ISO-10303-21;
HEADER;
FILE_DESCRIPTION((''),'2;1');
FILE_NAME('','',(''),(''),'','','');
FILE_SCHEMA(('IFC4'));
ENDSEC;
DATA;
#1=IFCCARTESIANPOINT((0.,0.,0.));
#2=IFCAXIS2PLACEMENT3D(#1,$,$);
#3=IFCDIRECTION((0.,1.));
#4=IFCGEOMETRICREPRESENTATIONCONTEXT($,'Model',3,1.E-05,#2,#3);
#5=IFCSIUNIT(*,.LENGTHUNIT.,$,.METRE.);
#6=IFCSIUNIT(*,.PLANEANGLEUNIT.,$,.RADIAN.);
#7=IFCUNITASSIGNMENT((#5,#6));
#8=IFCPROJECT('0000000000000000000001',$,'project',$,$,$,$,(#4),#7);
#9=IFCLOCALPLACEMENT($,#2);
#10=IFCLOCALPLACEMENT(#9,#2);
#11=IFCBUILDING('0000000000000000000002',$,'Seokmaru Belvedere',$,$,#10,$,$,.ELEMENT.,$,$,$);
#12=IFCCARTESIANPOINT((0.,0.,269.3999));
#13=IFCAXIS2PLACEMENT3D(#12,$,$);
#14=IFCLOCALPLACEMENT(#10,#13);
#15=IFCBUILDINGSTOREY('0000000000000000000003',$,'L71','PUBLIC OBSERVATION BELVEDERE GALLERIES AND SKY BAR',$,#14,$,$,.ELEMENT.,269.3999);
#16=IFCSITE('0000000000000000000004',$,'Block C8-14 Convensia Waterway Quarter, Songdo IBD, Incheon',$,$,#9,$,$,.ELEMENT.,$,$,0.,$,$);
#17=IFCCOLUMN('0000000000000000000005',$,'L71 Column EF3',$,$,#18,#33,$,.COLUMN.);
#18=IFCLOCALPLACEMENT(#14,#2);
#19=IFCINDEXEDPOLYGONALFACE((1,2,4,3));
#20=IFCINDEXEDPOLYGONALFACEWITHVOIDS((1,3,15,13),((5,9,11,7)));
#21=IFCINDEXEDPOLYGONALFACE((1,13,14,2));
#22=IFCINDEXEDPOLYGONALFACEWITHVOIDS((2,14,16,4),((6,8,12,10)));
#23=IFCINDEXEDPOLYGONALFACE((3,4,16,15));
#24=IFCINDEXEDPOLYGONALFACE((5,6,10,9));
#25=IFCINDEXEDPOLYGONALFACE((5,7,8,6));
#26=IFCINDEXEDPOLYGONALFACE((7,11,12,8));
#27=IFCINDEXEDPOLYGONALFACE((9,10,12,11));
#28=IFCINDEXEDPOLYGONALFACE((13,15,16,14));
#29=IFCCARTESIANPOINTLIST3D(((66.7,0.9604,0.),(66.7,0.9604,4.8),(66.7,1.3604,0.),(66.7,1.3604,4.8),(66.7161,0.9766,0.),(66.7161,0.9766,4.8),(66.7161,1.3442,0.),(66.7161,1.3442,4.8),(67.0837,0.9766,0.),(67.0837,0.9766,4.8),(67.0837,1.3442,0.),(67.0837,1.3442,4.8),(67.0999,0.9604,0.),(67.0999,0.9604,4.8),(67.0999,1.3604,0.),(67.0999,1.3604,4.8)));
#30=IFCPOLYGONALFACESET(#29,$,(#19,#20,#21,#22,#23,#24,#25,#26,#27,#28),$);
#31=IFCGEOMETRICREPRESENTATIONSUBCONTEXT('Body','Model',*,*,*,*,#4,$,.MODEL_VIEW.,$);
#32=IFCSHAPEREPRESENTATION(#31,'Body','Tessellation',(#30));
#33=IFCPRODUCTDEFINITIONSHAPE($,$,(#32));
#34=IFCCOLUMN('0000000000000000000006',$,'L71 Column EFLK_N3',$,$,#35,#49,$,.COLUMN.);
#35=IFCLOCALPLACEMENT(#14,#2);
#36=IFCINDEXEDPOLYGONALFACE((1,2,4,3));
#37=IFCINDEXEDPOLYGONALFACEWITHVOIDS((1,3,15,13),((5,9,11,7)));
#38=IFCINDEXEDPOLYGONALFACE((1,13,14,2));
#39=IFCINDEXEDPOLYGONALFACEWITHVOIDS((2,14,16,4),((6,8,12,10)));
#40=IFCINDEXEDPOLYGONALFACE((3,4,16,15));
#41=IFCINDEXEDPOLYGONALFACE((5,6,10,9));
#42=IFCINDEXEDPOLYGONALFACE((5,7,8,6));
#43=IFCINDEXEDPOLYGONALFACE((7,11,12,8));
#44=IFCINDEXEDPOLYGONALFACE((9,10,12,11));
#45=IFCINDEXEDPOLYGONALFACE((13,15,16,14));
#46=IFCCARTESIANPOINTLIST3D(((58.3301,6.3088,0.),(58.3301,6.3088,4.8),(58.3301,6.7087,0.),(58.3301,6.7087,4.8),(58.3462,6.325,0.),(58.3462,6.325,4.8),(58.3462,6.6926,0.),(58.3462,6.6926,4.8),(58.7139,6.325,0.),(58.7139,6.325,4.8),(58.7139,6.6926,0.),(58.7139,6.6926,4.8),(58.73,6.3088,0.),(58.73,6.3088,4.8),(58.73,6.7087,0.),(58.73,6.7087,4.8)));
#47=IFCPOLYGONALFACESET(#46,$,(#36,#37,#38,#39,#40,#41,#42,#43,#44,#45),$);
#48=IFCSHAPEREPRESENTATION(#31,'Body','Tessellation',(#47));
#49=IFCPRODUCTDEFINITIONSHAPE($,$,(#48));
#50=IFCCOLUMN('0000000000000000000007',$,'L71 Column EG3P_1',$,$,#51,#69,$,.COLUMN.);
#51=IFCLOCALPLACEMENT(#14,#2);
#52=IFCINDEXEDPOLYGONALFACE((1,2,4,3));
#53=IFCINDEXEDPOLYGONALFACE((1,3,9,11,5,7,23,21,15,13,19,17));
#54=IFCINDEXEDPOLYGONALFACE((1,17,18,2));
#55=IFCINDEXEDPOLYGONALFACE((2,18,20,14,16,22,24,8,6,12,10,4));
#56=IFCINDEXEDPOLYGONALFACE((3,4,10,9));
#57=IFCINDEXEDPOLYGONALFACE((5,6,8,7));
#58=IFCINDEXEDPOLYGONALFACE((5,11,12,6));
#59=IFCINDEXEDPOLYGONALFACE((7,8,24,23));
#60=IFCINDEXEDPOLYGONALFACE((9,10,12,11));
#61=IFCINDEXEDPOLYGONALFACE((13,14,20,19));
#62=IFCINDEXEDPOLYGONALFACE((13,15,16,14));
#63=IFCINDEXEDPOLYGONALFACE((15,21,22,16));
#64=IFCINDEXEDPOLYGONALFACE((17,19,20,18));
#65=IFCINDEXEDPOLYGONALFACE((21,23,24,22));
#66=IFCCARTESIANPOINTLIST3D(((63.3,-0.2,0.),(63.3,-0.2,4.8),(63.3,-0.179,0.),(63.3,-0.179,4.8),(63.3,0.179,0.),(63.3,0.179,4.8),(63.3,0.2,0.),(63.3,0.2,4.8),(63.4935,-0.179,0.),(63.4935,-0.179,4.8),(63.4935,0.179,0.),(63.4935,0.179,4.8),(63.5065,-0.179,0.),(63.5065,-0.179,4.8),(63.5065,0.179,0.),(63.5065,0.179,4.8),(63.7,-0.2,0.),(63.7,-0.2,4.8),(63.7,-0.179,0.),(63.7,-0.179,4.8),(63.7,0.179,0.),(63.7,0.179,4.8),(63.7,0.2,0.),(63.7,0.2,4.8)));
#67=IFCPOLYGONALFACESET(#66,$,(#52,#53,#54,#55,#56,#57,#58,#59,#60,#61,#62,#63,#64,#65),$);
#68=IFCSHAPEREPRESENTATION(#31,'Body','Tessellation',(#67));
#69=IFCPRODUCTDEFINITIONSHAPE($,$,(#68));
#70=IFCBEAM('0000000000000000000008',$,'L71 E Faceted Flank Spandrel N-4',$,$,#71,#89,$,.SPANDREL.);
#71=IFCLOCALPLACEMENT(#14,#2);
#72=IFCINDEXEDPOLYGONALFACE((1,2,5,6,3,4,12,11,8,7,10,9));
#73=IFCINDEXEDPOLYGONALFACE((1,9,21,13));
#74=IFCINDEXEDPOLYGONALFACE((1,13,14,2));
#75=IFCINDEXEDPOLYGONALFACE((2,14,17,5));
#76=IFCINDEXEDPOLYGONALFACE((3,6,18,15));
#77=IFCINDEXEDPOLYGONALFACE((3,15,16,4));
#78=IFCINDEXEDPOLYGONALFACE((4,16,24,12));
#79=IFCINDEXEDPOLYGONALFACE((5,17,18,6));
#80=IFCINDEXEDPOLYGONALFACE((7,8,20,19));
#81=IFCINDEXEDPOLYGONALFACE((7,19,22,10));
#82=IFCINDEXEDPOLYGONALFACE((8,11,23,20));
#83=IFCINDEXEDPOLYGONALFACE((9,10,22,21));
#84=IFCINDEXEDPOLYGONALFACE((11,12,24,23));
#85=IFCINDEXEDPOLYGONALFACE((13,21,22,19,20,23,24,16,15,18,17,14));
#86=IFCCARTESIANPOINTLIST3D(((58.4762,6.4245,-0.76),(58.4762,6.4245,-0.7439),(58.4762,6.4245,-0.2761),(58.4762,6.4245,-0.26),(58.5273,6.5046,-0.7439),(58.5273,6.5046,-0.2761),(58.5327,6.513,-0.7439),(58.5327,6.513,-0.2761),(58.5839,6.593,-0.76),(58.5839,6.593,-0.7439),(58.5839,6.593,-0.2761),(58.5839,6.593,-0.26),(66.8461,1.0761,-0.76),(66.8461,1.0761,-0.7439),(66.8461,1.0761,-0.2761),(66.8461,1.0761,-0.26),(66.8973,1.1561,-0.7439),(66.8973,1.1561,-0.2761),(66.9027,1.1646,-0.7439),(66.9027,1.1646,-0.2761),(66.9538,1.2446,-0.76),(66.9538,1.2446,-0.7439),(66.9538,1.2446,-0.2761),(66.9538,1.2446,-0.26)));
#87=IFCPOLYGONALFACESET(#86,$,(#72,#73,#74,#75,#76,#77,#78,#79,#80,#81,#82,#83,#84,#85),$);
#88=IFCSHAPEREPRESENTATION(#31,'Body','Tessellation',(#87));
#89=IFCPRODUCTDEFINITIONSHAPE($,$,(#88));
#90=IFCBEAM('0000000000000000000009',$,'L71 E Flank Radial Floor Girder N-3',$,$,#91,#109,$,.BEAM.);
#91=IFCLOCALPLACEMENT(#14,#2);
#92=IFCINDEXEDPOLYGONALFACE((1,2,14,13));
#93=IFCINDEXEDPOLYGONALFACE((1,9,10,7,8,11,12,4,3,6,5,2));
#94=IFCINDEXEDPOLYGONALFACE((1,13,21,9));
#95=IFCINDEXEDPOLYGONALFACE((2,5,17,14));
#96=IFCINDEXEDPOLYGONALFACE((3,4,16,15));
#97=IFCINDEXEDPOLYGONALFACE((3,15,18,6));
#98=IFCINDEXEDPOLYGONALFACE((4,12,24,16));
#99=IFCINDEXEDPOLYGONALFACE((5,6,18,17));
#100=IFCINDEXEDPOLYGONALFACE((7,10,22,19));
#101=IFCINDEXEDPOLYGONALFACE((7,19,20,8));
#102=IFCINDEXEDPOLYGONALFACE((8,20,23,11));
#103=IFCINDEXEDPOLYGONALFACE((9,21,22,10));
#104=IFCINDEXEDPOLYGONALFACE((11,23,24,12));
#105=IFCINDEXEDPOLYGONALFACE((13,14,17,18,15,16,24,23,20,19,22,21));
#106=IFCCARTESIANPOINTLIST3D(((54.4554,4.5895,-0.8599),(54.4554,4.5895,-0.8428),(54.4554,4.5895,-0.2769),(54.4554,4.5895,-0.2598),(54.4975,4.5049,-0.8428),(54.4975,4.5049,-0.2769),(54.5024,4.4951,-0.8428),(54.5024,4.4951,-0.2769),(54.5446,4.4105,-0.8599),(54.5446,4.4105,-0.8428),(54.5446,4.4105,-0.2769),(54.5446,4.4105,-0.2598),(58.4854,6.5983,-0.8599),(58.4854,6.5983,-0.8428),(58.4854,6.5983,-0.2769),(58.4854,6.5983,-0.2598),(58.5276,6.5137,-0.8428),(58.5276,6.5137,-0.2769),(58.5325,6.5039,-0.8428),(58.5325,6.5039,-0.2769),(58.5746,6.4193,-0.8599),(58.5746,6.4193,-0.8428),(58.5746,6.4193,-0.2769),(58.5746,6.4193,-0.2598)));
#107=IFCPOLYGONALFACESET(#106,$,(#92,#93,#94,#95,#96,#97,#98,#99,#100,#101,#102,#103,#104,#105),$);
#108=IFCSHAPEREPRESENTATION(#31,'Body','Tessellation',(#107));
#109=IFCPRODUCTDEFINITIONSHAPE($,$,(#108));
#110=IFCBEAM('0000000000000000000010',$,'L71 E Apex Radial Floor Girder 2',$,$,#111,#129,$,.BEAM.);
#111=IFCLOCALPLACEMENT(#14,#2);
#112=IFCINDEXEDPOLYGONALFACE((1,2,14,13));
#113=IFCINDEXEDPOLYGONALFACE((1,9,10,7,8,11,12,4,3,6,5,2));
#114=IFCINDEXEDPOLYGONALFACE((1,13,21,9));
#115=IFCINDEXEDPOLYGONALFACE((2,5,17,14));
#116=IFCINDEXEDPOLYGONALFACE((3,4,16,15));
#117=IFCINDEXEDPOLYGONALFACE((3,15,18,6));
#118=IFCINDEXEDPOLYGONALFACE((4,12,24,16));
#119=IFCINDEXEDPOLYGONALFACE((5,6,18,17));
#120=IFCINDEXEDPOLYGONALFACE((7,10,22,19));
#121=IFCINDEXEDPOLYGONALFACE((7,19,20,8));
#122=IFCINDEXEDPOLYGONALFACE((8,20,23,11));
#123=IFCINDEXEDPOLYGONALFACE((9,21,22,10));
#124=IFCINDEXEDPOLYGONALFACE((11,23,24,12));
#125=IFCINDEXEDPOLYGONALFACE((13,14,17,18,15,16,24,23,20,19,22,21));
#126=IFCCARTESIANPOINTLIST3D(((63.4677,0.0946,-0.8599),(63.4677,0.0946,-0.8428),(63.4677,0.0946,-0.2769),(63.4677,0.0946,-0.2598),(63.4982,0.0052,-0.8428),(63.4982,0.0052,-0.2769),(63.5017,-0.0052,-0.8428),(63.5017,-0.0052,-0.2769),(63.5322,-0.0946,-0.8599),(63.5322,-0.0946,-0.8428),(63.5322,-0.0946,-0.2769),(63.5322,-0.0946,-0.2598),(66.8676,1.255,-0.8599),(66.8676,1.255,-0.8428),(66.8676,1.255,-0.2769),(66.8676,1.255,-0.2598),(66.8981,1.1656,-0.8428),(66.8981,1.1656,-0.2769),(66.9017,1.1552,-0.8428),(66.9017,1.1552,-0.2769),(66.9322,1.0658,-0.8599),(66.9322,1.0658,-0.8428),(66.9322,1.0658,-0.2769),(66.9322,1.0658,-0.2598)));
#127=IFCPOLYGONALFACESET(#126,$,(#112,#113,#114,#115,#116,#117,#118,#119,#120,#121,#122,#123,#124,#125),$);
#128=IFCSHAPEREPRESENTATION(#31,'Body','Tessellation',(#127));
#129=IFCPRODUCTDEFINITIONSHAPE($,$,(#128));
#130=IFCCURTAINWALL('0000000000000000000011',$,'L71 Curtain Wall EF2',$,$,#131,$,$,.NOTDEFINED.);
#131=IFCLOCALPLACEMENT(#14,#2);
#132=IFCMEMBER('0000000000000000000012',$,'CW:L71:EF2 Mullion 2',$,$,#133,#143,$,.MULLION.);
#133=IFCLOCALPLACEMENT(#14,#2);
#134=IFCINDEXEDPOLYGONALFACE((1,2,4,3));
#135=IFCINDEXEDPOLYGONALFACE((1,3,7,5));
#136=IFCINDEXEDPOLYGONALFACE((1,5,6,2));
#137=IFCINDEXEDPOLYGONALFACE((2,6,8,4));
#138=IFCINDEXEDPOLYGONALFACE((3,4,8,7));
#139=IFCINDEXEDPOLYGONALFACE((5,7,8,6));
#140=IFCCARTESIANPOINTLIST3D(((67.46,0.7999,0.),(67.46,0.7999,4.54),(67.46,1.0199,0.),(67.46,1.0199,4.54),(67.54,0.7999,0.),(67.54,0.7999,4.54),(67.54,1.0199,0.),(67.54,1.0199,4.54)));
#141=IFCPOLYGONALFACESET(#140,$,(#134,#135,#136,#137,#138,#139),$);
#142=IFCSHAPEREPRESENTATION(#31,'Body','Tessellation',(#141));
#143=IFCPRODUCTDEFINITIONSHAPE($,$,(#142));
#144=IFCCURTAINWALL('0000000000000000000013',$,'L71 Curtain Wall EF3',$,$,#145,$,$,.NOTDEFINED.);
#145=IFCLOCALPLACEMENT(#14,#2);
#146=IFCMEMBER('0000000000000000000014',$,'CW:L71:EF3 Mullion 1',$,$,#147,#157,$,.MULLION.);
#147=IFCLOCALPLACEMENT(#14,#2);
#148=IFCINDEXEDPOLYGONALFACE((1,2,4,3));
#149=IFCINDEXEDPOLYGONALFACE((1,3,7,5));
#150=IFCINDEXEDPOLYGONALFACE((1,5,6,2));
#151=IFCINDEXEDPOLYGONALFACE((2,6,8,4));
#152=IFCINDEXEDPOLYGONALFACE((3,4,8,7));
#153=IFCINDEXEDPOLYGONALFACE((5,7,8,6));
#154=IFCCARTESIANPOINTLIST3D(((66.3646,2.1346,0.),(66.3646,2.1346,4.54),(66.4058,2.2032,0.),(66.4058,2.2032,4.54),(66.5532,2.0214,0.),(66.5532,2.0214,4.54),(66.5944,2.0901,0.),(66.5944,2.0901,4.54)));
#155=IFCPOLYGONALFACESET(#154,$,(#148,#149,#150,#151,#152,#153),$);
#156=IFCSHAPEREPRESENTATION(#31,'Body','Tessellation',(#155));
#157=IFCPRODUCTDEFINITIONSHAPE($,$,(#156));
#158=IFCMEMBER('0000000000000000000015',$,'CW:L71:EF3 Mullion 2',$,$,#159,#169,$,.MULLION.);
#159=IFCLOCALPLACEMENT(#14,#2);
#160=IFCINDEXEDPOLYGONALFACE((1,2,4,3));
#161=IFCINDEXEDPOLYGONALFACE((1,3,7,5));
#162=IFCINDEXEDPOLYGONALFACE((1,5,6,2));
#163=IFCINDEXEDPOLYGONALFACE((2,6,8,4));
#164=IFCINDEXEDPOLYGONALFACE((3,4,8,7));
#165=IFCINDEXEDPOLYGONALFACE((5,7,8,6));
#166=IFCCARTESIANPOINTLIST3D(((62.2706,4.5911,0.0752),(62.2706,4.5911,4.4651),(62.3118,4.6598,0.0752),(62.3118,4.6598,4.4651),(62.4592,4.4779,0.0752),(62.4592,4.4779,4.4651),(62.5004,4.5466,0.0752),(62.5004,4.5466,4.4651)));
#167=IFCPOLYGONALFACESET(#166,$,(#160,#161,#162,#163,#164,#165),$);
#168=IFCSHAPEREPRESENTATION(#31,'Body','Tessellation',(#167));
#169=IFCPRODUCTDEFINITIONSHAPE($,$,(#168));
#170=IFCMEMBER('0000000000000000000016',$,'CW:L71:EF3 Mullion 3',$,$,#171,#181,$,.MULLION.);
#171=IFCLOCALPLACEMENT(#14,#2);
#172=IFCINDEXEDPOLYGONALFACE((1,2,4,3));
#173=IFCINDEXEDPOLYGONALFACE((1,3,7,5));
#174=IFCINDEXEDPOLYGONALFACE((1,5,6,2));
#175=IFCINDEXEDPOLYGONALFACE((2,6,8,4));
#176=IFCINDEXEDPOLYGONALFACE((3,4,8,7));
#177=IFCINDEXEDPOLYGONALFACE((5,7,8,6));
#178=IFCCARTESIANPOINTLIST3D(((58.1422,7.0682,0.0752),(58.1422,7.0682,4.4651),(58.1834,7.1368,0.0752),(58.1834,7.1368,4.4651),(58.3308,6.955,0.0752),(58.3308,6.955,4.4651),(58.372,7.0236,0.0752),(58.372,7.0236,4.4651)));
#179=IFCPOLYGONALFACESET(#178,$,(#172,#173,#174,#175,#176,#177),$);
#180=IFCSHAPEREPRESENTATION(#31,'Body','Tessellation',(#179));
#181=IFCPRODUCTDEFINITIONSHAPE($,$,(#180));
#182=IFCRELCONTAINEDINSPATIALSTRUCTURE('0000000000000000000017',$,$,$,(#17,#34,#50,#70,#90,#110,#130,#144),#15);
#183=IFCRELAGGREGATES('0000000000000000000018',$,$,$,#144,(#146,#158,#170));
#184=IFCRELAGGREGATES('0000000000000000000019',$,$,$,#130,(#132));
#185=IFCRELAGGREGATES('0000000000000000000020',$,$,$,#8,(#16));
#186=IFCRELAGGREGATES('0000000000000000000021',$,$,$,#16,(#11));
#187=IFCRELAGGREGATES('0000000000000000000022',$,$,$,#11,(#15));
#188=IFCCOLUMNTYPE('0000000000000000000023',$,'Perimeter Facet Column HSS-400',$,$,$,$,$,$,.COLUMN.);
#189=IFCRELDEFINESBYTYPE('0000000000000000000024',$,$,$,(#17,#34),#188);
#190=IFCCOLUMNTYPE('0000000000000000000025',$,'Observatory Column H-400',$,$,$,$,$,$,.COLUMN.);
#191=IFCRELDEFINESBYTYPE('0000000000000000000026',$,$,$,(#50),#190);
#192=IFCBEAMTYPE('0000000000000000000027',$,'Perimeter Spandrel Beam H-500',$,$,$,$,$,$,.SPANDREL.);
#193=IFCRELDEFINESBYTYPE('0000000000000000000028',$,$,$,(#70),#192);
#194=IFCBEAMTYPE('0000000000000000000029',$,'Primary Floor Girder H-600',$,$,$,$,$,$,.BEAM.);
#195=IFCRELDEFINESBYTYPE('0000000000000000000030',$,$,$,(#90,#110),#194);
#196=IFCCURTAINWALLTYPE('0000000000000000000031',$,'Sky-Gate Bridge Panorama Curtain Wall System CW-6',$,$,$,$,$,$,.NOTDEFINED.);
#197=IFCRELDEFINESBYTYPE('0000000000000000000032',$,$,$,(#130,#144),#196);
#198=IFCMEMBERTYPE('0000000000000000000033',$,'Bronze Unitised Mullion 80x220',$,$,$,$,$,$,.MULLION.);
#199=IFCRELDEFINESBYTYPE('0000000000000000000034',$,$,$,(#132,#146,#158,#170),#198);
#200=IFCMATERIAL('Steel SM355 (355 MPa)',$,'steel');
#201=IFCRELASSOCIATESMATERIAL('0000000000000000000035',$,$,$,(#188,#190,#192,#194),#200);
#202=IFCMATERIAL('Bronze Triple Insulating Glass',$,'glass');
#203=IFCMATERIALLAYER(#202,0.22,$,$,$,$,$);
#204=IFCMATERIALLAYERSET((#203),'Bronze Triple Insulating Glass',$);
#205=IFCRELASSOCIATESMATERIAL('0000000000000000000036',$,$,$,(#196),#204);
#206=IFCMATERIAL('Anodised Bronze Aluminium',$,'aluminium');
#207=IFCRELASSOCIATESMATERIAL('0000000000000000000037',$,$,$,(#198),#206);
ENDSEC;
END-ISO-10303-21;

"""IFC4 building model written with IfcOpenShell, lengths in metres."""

from ifc_helpers import new_model, si_unit, direction, frame, origin, origin_2d, place, context, subcontext, project, spatial, rectangle, hollow_rectangle, i_section, extrude, source, transform, mapped, material, layer, layer_set, material_profile, profile_set, type_object, type_shapes, element, aggregate, save


model = new_model("IFC4")

# Units and contexts
model_context = context("Model", 3, precision=1e-05, world=origin(), true_north=direction((0.0, 1.0)))
body_context = subcontext(model_context, "Body", "Model", "MODEL_VIEW")
ifc_project = project(units=[si_unit("LENGTHUNIT", "METRE"), si_unit("PLANEANGLEUNIT", "RADIAN")], contexts=[model_context])

# Site, building, storey
site_placement = place(None, origin())
site = spatial("IfcSite", under=ifc_project, at=site_placement, Name="Block C8-14 Convensia Waterway Quarter, Songdo IBD, Incheon", CompositionType="ELEMENT", RefElevation=0.0)
building_placement = place(site_placement, origin())
building = spatial("IfcBuilding", under=site, at=building_placement, Name="Seokmaru Belvedere", CompositionType="ELEMENT")
storey_placement = place(building_placement, frame((0.0, 0.0, 269.3999)))
storey = spatial("IfcBuildingStorey", under=building, at=storey_placement, Name="L71", Description="PUBLIC OBSERVATION BELVEDERE GALLERIES AND SKY BAR", CompositionType="ELEMENT", Elevation=269.3999)

# Columns
ifc_material_1 = material(Name="Steel SM355 (355 MPa)", Category="steel")
ifc_material_profile_1 = material_profile(ifc_material_1, hollow_rectangle(XDim=0.3999, YDim=0.3999, WallThickness=0.0161, at=origin_2d()), Name="HSS-400x400x16")
ifc_profile_set_1 = profile_set([ifc_material_profile_1], Name="Steel SM355 (355 MPa)")
column_type_1 = type_object("IfcColumnType", Name="Perimeter Facet Column HSS-400", PredefinedType="COLUMN", material=ifc_profile_set_1)
shared_shape_1 = source(origin(), body_context, "Body", "SweptSolid", [
    extrude(hollow_rectangle(XDim=0.3999, YDim=0.3999, WallThickness=0.0161, at=origin_2d()), origin(), (0.0, 0.0, 1.0), 4.8),
])
type_shapes(column_type_1, [shared_shape_1])
for number, where, z_axis, x_axis, name in (
    (1, (66.8999, 1.1604, 0.0), (0.0, 0.0, 1.0), (1.0, 0.0, 0.0), "L71 Column EF3"),
    (2, (58.53, 6.5088, 0.0), (0.0, 0.0, 1.0), (1.0, 0.0, 0.0), "L71 Column EFLK_N3"),
):
    element("IfcColumn", number, at=place(storey_placement, frame(where, z_axis=z_axis, x_axis=x_axis)), inside=storey, type_object=column_type_1, Name=name, PredefinedType="COLUMN", context=body_context, shape_type="MappedRepresentation", body=[
        mapped(shared_shape_1, transform((0.0, 0.0, 0.0), scale=1.0)),
    ])
ifc_material_profile_2 = material_profile(ifc_material_1, i_section(OverallWidth=0.3999, OverallDepth=0.3999, WebThickness=0.0129, FlangeThickness=0.021, at=origin_2d()), Name="H-400x400x13x21")
ifc_profile_set_2 = profile_set([ifc_material_profile_2], Name="Steel SM355 (355 MPa)")
column_type_2 = type_object("IfcColumnType", Name="Observatory Column H-400", PredefinedType="COLUMN", material=ifc_profile_set_2)
shared_shape_2 = source(origin(), body_context, "Body", "SweptSolid", [
    extrude(i_section(OverallWidth=0.3999, OverallDepth=0.3999, WebThickness=0.0129, FlangeThickness=0.021, at=origin_2d()), origin(), (0.0, 0.0, 1.0), 4.8),
])
type_shapes(column_type_2, [shared_shape_2])
column_placement = place(storey_placement, frame((63.5, 0.0, 0.0), z_axis=(0.0, 0.0, 1.0), x_axis=(1.0, 0.0, 0.0)))
element("IfcColumn", 3, at=column_placement, inside=storey, type_object=column_type_2, Name="L71 Column EG3P_1", PredefinedType="COLUMN", context=body_context, shape_type="MappedRepresentation", body=[
    mapped(shared_shape_2, transform((0.0, 0.0, 0.0), scale=1.0)),
])

# Beams
ifc_material_profile_3 = material_profile(ifc_material_1, i_section(OverallWidth=0.2, OverallDepth=0.5, WebThickness=0.01, FlangeThickness=0.0161, at=origin_2d()), Name="H-500x200x10x16")
ifc_profile_set_3 = profile_set([ifc_material_profile_3], Name="Steel SM355 (355 MPa)")
beam_type_1 = type_object("IfcBeamType", Name="Perimeter Spandrel Beam H-500", PredefinedType="SPANDREL", material=ifc_profile_set_3)
shared_shape_3 = source(origin(), body_context, "Body", "SweptSolid", [
    extrude(i_section(OverallWidth=0.2, OverallDepth=0.5, WebThickness=0.01, FlangeThickness=0.0161, at=origin_2d()), origin(), (0.0, 0.0, 1.0), 9.9329),
])
type_shapes(beam_type_1, [shared_shape_3])
beam_1_placement = place(storey_placement, frame((58.53, 6.5088, -0.51), z_axis=(0.842652, -0.538459, 0.0), x_axis=(0.538459, 0.842652, 0.0)))
element("IfcBeam", 4, at=beam_1_placement, inside=storey, type_object=beam_type_1, Name="L71 E Faceted Flank Spandrel N-4", PredefinedType="SPANDREL", context=body_context, shape_type="MappedRepresentation", body=[
    mapped(shared_shape_3, transform((0.0, 0.0, 0.0), scale=1.0)),
])
ifc_material_profile_4 = material_profile(ifc_material_1, i_section(OverallWidth=0.2, OverallDepth=0.6001, WebThickness=0.011, FlangeThickness=0.0171, at=origin_2d()), Name="H-600x200x11x17")
ifc_profile_set_4 = profile_set([ifc_material_profile_4], Name="Steel SM355 (355 MPa)")
beam_type_2 = type_object("IfcBeamType", Name="Primary Floor Girder H-600", PredefinedType="BEAM", material=ifc_profile_set_4)
shared_shape_4 = source(origin(), body_context, "Body", "SweptSolid", [
    extrude(i_section(OverallWidth=0.2, OverallDepth=0.6001, WebThickness=0.011, FlangeThickness=0.0171, at=origin_2d()), origin(), (0.0, 0.0, 1.0), 4.5029),
])
beam_2_placement = place(storey_placement, frame((58.53, 6.5088, -0.5598), z_axis=(-0.89498, -0.446107, 0.0), x_axis=(0.446107, -0.89498, 0.0)))
element("IfcBeam", 5, at=beam_2_placement, inside=storey, type_object=beam_type_2, Name="L71 E Flank Radial Floor Girder N-3", PredefinedType="BEAM", context=body_context, shape_type="MappedRepresentation", body=[
    mapped(shared_shape_4, transform((0.0, 0.0, 0.0), scale=1.0)),
])
shared_shape_5 = source(origin(), body_context, "Body", "SweptSolid", [
    extrude(i_section(OverallWidth=0.2, OverallDepth=0.6001, WebThickness=0.011, FlangeThickness=0.0171, at=origin_2d()), origin(), (0.0, 0.0, 1.0), 3.5925),
])
type_shapes(beam_type_2, [shared_shape_4, shared_shape_5])
beam_3_placement = place(storey_placement, frame((66.8999, 1.1604, -0.5598), z_axis=(-0.946396, -0.323009, 0.0), x_axis=(0.323009, -0.946396, 0.0)))
element("IfcBeam", 6, at=beam_3_placement, inside=storey, type_object=beam_type_2, Name="L71 E Apex Radial Floor Girder 2", PredefinedType="BEAM", context=body_context, shape_type="MappedRepresentation", body=[
    mapped(shared_shape_5, transform((0.0, 0.0, 0.0), scale=1.0)),
])

# Curtain wall, member
ifc_material_2 = material(Name="Bronze Triple Insulating Glass", Category="glass")
ifc_layer_1 = layer(ifc_material_2, 0.22)
ifc_layer_set_1 = layer_set([ifc_layer_1], Name="Bronze Triple Insulating Glass")
curtain_wall_type = type_object("IfcCurtainWallType", Name="Sky-Gate Bridge Panorama Curtain Wall System CW-6", PredefinedType="NOTDEFINED", material=ifc_layer_set_1)
curtain_wall_1_placement = place(storey_placement, origin())
curtain_wall_1 = element("IfcCurtainWall", 7, at=curtain_wall_1_placement, inside=storey, type_object=curtain_wall_type, Name="L71 Curtain Wall EF2", PredefinedType="NOTDEFINED")
ifc_material_3 = material(Name="Anodised Bronze Aluminium", Category="aluminium")
ifc_material_profile_5 = material_profile(ifc_material_3, rectangle(XDim=0.0801, YDim=0.22, at=origin_2d()), Name="CW-M-80x220")
ifc_profile_set_5 = profile_set([ifc_material_profile_5], Name="Anodised Bronze Aluminium")
member_type_1 = type_object("IfcMemberType", Name="Bronze Unitised Mullion 80x220", PredefinedType="MULLION", material=ifc_profile_set_5)
shared_shape_6 = source(origin(), body_context, "Body", "SweptSolid", [
    extrude(rectangle(XDim=0.0801, YDim=0.22, at=origin_2d()), origin(), (0.0, 0.0, 1.0), 4.54),
])
member_1_placement = place(storey_placement, frame((67.5, 0.9099, 0.0), z_axis=(0.0, 0.0, 1.0), x_axis=(-1.0, 0.0, 0.0)))
member_1 = element("IfcMember", 8, at=member_1_placement, type_object=member_type_1, Name="CW:L71:EF2 Mullion 2", PredefinedType="MULLION", context=body_context, shape_type="MappedRepresentation", body=[
    mapped(shared_shape_6, transform((0.0, 0.0, 0.0), scale=1.0)),
])

# Curtain wall, members
curtain_wall_2_placement = place(storey_placement, origin())
curtain_wall_2 = element("IfcCurtainWall", 9, at=curtain_wall_2_placement, inside=storey, type_object=curtain_wall_type, Name="L71 Curtain Wall EF3", PredefinedType="NOTDEFINED")
member_2_placement = place(storey_placement, frame((66.4795, 2.1123, 0.0), z_axis=(0.0, 0.0, 1.0), x_axis=(-0.514495, -0.857493, 0.0)))
member_2 = element("IfcMember", 10, at=member_2_placement, type_object=member_type_1, Name="CW:L71:EF3 Mullion 1", PredefinedType="MULLION", context=body_context, shape_type="MappedRepresentation", body=[
    mapped(shared_shape_6, transform((0.0, 0.0, 0.0), scale=1.0)),
])
shared_shape_7 = source(origin(), body_context, "Body", "SweptSolid", [
    extrude(rectangle(XDim=0.0801, YDim=0.22, at=origin_2d()), origin(), (0.0, 0.0, 1.0), 4.3899),
])
type_shapes(member_type_1, [shared_shape_6, shared_shape_7])
member_3_placement = place(storey_placement, frame((62.3855, 4.5688, 0.0752), z_axis=(0.0, 0.0, 1.0), x_axis=(-0.514495, -0.857493, 0.0)))
member_3 = element("IfcMember", 11, at=member_3_placement, type_object=member_type_1, Name="CW:L71:EF3 Mullion 2", PredefinedType="MULLION", context=body_context, shape_type="MappedRepresentation", body=[
    mapped(shared_shape_7, transform((0.0, 0.0, 0.0), scale=1.0)),
])
member_4_placement = place(storey_placement, frame((58.2571, 7.0459, 0.0752), z_axis=(0.0, 0.0, 1.0), x_axis=(-0.514495, -0.857493, 0.0)))
member_4 = element("IfcMember", 12, at=member_4_placement, type_object=member_type_1, Name="CW:L71:EF3 Mullion 3", PredefinedType="MULLION", context=body_context, shape_type="MappedRepresentation", body=[
    mapped(shared_shape_7, transform((0.0, 0.0, 0.0), scale=1.0)),
])

aggregate(curtain_wall_2, [member_2, member_3, member_4])
aggregate(curtain_wall_1, [member_1])

save(model, "model.ifc")
